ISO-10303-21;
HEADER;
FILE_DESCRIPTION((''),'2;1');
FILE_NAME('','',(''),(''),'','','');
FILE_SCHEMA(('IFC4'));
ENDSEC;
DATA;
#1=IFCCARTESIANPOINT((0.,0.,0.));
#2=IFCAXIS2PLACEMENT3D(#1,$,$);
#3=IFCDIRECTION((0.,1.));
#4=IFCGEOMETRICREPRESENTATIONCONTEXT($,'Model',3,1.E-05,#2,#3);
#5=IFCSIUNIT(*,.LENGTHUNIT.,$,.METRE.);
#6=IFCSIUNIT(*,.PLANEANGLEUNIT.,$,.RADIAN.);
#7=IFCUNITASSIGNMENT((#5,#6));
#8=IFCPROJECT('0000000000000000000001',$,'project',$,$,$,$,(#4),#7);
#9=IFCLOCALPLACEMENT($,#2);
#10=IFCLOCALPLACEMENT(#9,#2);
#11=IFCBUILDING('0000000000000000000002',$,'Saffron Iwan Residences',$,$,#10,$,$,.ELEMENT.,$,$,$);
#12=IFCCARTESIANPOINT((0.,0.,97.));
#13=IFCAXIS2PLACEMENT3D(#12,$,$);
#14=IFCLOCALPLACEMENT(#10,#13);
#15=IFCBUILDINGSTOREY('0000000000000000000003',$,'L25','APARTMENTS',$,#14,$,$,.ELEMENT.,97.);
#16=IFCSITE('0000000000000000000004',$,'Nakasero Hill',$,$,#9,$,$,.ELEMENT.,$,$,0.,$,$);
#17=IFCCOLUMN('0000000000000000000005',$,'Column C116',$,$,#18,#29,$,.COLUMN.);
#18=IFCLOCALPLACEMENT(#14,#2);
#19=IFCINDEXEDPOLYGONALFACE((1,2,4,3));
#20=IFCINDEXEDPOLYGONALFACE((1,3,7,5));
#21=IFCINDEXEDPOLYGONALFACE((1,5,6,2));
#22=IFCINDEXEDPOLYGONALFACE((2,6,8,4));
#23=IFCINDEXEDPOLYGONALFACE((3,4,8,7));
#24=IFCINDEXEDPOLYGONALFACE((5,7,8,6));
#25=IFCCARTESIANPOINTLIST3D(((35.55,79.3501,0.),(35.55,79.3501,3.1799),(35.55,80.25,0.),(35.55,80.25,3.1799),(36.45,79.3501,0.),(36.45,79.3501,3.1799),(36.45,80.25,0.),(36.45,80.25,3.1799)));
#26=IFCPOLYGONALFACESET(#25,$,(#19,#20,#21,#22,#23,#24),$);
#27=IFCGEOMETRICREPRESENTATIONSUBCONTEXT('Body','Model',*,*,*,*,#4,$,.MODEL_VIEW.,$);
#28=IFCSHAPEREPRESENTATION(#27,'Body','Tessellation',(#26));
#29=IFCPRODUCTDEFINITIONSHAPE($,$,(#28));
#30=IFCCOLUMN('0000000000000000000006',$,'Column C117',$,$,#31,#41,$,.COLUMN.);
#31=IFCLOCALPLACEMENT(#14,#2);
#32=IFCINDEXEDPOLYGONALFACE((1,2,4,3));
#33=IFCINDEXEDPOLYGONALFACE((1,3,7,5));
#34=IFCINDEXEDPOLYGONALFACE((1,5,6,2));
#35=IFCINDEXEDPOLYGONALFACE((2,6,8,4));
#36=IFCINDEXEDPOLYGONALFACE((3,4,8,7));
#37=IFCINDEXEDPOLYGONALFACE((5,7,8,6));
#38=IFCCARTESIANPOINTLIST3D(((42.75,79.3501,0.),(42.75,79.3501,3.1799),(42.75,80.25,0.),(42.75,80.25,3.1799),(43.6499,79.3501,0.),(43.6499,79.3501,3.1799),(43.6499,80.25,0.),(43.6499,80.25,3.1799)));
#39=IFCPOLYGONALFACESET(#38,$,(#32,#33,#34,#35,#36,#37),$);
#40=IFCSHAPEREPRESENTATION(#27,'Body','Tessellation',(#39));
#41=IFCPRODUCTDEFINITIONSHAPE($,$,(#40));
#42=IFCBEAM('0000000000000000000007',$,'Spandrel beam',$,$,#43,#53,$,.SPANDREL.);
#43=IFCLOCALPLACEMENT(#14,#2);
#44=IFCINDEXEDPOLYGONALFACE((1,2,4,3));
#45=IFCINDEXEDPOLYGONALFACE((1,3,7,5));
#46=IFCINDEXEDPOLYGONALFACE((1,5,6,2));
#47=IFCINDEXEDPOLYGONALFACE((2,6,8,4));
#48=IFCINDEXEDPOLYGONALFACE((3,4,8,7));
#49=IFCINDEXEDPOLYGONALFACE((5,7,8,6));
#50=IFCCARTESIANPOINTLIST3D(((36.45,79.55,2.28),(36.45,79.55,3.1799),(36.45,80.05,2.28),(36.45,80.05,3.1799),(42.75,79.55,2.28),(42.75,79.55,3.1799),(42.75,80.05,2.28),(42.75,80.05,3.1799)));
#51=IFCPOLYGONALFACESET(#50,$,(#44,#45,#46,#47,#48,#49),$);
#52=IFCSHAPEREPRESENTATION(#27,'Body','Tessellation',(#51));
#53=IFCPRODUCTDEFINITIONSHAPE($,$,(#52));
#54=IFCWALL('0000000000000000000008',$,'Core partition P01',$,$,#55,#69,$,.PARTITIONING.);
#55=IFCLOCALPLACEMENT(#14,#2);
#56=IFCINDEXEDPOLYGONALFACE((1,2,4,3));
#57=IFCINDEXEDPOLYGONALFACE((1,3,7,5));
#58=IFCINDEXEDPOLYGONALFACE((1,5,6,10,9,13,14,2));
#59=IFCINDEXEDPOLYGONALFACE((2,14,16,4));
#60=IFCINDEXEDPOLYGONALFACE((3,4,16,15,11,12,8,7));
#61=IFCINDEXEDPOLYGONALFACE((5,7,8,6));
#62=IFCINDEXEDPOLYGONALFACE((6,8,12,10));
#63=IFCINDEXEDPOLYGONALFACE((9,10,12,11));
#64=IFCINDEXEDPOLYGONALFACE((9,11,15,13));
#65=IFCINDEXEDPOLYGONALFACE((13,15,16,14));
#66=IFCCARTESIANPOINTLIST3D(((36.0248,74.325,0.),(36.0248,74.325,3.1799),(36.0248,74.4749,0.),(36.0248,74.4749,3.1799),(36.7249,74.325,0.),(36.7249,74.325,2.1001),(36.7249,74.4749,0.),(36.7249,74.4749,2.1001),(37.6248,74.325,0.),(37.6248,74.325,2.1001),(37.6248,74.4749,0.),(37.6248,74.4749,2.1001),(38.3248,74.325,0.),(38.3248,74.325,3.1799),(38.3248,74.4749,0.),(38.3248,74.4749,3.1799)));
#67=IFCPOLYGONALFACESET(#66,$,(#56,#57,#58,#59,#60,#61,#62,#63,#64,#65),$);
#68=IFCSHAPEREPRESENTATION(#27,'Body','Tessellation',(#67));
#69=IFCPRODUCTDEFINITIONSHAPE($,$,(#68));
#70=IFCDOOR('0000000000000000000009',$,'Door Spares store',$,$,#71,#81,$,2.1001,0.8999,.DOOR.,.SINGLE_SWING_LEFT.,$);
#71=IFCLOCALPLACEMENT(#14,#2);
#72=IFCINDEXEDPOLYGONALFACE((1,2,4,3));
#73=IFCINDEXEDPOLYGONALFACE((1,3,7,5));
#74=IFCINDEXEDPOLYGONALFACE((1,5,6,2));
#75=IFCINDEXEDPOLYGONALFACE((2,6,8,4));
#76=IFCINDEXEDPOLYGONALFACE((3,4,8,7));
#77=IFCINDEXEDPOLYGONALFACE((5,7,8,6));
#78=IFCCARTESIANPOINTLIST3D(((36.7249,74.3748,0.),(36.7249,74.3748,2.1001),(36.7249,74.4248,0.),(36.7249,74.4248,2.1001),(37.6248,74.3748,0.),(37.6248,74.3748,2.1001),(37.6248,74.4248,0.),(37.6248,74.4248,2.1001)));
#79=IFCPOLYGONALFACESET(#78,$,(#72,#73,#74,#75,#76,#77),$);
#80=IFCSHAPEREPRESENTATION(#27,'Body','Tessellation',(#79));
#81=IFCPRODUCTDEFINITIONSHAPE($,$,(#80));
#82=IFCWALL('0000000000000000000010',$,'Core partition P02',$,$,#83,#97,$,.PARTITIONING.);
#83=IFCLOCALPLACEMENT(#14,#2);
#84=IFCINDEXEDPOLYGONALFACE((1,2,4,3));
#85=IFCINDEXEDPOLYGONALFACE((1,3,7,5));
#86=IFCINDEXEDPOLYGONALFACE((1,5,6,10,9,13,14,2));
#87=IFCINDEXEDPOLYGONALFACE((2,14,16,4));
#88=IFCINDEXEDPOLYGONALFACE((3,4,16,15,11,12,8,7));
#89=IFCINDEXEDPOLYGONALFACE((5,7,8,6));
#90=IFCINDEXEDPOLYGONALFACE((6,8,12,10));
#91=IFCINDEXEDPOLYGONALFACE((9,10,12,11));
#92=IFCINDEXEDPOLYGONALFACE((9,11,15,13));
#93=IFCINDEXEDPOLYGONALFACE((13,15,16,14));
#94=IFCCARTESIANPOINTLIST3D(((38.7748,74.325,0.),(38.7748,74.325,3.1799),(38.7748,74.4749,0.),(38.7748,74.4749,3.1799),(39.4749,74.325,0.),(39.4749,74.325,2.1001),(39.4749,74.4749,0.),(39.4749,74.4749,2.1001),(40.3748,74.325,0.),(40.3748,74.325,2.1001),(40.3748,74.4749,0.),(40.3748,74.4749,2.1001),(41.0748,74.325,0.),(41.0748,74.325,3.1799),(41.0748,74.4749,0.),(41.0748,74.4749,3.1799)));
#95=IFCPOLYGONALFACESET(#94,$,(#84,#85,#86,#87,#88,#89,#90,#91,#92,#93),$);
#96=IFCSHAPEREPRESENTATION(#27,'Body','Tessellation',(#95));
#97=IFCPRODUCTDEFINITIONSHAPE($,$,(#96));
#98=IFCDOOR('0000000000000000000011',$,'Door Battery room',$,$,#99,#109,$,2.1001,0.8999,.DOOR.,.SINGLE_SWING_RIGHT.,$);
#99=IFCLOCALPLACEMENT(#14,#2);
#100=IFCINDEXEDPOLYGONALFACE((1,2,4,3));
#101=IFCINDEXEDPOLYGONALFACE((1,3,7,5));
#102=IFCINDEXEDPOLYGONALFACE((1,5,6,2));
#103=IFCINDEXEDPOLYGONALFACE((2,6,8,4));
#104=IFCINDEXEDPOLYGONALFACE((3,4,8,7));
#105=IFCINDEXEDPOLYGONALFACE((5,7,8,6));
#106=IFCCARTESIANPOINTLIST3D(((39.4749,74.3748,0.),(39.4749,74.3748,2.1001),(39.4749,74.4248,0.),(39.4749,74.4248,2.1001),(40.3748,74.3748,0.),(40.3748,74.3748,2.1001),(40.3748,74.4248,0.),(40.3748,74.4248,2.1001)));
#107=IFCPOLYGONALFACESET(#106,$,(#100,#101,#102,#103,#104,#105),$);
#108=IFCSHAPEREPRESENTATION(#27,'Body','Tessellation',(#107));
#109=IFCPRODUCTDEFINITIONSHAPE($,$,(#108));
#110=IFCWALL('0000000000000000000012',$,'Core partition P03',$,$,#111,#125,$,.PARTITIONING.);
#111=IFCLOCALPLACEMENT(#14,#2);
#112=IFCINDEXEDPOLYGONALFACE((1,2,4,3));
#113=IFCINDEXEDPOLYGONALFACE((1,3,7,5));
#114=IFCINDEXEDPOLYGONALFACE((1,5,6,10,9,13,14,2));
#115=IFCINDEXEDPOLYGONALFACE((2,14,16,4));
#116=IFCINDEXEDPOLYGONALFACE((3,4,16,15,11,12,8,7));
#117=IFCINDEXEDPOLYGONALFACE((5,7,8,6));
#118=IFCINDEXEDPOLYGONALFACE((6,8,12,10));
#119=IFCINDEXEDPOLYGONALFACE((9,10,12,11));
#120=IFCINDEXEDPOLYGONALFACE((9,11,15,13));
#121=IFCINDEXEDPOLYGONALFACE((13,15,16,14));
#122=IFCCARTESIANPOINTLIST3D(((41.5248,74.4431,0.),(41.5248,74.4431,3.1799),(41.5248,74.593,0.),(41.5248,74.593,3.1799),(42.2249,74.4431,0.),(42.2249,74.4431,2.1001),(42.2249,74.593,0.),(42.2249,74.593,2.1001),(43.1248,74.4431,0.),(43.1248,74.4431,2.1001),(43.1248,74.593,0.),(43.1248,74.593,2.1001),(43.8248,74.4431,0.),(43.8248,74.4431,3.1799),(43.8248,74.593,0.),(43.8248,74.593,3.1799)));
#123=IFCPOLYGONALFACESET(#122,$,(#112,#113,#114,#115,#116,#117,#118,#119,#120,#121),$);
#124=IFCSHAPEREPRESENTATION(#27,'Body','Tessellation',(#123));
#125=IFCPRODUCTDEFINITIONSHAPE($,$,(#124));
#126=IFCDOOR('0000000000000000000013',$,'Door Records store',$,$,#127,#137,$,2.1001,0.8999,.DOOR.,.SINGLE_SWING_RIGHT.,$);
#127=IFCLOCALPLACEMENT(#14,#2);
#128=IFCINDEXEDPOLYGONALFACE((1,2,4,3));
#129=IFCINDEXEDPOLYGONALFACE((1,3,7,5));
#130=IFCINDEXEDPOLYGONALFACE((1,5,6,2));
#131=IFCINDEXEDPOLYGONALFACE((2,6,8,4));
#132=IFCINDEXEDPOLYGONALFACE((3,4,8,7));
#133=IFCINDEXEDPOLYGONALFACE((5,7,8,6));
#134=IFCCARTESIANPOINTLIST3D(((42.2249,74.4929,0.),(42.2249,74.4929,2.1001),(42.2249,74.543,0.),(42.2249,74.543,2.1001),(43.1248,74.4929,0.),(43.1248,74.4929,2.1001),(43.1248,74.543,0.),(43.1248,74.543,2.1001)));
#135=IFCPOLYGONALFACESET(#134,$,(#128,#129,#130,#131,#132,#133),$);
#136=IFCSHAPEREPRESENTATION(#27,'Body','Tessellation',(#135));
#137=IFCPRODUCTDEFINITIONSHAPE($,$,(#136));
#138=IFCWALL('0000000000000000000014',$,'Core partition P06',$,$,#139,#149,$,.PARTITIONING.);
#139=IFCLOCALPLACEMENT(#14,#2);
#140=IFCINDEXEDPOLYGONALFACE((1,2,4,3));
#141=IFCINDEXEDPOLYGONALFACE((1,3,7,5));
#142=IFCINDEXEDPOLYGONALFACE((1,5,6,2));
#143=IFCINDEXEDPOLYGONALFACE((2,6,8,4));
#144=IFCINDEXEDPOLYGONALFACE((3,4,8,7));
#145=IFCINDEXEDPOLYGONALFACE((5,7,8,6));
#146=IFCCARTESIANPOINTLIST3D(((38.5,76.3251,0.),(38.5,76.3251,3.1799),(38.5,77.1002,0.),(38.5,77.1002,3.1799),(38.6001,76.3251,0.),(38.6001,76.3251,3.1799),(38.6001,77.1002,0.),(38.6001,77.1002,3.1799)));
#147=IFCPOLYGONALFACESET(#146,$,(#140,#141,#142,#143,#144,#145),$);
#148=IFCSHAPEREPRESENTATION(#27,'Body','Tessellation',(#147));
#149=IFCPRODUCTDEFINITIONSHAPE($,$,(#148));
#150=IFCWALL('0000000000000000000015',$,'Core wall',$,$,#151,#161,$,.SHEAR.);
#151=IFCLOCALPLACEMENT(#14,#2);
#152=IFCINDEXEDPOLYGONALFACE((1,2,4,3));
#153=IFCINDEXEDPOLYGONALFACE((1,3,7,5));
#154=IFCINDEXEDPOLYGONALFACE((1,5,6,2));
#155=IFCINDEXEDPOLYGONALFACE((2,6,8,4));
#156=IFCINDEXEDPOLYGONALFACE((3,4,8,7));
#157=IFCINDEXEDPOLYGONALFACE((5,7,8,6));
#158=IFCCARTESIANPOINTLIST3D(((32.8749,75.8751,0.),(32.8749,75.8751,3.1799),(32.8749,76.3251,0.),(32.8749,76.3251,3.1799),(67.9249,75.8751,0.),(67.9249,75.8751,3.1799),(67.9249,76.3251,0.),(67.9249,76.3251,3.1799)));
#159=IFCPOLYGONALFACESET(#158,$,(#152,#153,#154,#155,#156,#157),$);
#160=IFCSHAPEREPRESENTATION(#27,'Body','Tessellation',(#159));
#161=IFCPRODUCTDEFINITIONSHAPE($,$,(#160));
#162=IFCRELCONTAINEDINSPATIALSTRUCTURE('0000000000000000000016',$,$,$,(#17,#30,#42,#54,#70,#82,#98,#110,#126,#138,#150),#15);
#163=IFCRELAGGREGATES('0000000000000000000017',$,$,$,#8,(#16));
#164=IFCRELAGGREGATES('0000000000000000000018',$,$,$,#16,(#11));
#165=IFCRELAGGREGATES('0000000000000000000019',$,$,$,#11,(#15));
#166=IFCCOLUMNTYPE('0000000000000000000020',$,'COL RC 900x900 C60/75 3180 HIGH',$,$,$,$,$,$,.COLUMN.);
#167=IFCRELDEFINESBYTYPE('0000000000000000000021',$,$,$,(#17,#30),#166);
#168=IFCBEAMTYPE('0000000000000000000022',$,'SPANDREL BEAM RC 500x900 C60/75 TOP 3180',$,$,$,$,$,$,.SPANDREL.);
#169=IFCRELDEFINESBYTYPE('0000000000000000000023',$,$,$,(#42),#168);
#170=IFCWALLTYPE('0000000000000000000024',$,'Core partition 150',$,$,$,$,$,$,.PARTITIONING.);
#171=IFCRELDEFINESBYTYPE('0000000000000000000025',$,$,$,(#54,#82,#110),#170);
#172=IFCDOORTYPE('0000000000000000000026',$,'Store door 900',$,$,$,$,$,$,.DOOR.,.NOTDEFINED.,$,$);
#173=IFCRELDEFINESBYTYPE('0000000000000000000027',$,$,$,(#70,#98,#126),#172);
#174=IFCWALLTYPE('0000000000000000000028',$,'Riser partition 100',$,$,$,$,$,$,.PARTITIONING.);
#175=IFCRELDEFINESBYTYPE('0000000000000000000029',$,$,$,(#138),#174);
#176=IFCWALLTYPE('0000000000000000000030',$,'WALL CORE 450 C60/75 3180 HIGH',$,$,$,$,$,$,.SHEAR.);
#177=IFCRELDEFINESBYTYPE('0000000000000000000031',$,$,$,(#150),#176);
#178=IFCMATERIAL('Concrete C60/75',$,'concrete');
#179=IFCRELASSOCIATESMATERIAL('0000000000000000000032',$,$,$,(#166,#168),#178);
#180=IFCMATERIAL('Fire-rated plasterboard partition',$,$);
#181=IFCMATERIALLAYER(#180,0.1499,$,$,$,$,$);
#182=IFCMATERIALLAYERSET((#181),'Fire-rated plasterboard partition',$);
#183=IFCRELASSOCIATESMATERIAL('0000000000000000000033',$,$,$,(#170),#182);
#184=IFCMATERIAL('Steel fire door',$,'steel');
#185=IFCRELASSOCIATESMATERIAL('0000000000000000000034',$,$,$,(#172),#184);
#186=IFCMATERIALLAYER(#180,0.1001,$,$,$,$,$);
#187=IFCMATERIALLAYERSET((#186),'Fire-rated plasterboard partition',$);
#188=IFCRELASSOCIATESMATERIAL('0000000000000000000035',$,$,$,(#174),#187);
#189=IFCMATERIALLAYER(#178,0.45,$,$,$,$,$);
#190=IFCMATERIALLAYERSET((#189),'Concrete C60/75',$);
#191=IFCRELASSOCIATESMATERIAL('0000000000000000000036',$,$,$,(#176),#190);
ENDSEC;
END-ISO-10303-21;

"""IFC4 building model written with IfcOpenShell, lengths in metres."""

from ifc_helpers import new_model, si_unit, direction, frame, frame_2d, origin, origin_2d, place, context, subcontext, project, spatial, rectangle, extrude, source, transform, mapped, material, layer, layer_set, material_profile, profile_set, type_object, element, fill, save


model = new_model("IFC4")

# Units and contexts
model_context = context("Model", 3, precision=1e-05, world=origin(), true_north=direction((0.0, 1.0)))
body_context = subcontext(model_context, "Body", "Model", "MODEL_VIEW")
ifc_project = project(units=[si_unit("LENGTHUNIT", "METRE"), si_unit("PLANEANGLEUNIT", "RADIAN")], contexts=[model_context])

# Site, building, storey
site_placement = place(None, origin())
site = spatial("IfcSite", under=ifc_project, at=site_placement, Name="Nakasero Hill", CompositionType="ELEMENT", RefElevation=0.0)
building_placement = place(site_placement, origin())
building = spatial("IfcBuilding", under=site, at=building_placement, Name="Saffron Iwan Residences", CompositionType="ELEMENT")
storey_placement = place(building_placement, frame((0.0, 0.0, 97.0)))
storey = spatial("IfcBuildingStorey", under=building, at=storey_placement, Name="L25", Description="APARTMENTS", CompositionType="ELEMENT", Elevation=97.0)

# Columns
ifc_material_1 = material(Name="Concrete C60/75", Category="concrete")
ifc_material_profile_1 = material_profile(ifc_material_1, rectangle(XDim=0.8999, YDim=0.8999, at=origin_2d()), Name="RC 900x900")
ifc_profile_set_1 = profile_set([ifc_material_profile_1], Name="Concrete C60/75")
column_type = type_object("IfcColumnType", Name="COL RC 900x900 C60/75 3180 HIGH", PredefinedType="COLUMN", material=ifc_profile_set_1)
shared_shape_1 = source(origin(), body_context, "Body", "SweptSolid", [
    extrude(rectangle(XDim=0.8999, YDim=0.8999, at=origin_2d()), origin(), (0.0, 0.0, 1.0), 3.1799),
])
for number, where, z_axis, x_axis, name in (
    (1, (36.0, 79.8, 0.0), (0.0, 0.0, 1.0), (1.0, 0.0, 0.0), "Column C116"),
    (2, (43.2, 79.8, 0.0), (0.0, 0.0, 1.0), (1.0, 0.0, 0.0), "Column C117"),
):
    element("IfcColumn", number, at=place(storey_placement, frame(where, z_axis=z_axis, x_axis=x_axis)), inside=storey, type_object=column_type, Name=name, PredefinedType="COLUMN", context=body_context, shape_type="MappedRepresentation", body=[
        mapped(shared_shape_1, transform((0.0, 0.0, 0.0))),
    ])

# Beam
ifc_material_profile_2 = material_profile(ifc_material_1, rectangle(XDim=0.5, YDim=0.8999, at=origin_2d()), Name="RC 500x900")
ifc_profile_set_2 = profile_set([ifc_material_profile_2], Name="Concrete C60/75")
beam_type = type_object("IfcBeamType", Name="SPANDREL BEAM RC 500x900 C60/75 TOP 3180", PredefinedType="SPANDREL", material=ifc_profile_set_2)
shared_shape_2 = source(origin(), body_context, "Body", "SweptSolid", [
    extrude(rectangle(XDim=0.5, YDim=0.8999, at=origin_2d()), origin(), (0.0, 0.0, 1.0), 6.3),
])
beam_placement = place(storey_placement, frame((36.45, 79.8, 2.73), z_axis=(1.0, 0.0, 0.0), x_axis=(0.0, 1.0, 0.0)))
element("IfcBeam", 3, at=beam_placement, inside=storey, type_object=beam_type, Name="Spandrel beam", PredefinedType="SPANDREL", context=body_context, shape_type="MappedRepresentation", body=[
    mapped(shared_shape_2, transform((0.0, 0.0, 0.0))),
])

# Walls, openings, doors
ifc_material_2 = material(Name="Fire-rated plasterboard partition")
ifc_layer_1 = layer(ifc_material_2, 0.1499)
ifc_layer_set_1 = layer_set([ifc_layer_1], Name="Fire-rated plasterboard partition")
wall_type_1 = type_object("IfcWallType", Name="Core partition 150", PredefinedType="PARTITIONING", material=ifc_layer_set_1)
wall_1_placement = place(storey_placement, frame((36.0249, 74.3999, 0.0), z_axis=(0.0, 0.0, 1.0), x_axis=(1.0, 0.0, 0.0)))
wall_1 = element("IfcWall", 4, at=wall_1_placement, inside=storey, type_object=wall_type_1, Name="Core partition P01", PredefinedType="PARTITIONING", context=body_context, shape_type="SweptSolid", body=[
    extrude(rectangle(XDim=2.3, YDim=0.1499, at=frame_2d((1.1499, 0.0))), origin(), (0.0, 0.0, 1.0), 3.1799),
])
opening_1_placement = place(wall_1_placement, frame((0.7, 0.0, 0.0)))
opening_1 = element("IfcOpeningElement", 5, at=opening_1_placement, cuts=wall_1, PredefinedType="OPENING", context=body_context, shape_type="SweptSolid", body=[
    extrude(rectangle(XDim=0.8999, YDim=2.1001, at=frame_2d((0.45, 1.05))), frame((0.0, 0.085, 0.0), z_axis=(0.0, -1.0, 0.0), x_axis=(1.0, 0.0, 0.0)), (0.0, 0.0, 1.0), 0.1699),
])
ifc_material_3 = material(Name="Steel fire door", Category="steel")
door_type = type_object("IfcDoorType", Name="Store door 900", OperationType="NOTDEFINED", PredefinedType="DOOR", material=ifc_material_3)
door_1_placement = place(opening_1_placement, origin())
door_1 = element("IfcDoor", 6, at=door_1_placement, inside=storey, type_object=door_type, Name="Door Spares store", OperationType="SINGLE_SWING_LEFT", OverallHeight=2.1001, OverallWidth=0.8999, PredefinedType="DOOR", context=body_context, shape_type="SweptSolid", body=[
    extrude(rectangle(XDim=0.8999, YDim=2.1001, at=frame_2d((0.45, 1.05))), frame((0.0, 0.0249, 0.0), z_axis=(0.0, -1.0, 0.0), x_axis=(1.0, 0.0, 0.0)), (0.0, 0.0, 1.0), 0.05),
])
fill(opening_1, door_1)
wall_2_placement = place(storey_placement, frame((38.7749, 74.3999, 0.0), z_axis=(0.0, 0.0, 1.0), x_axis=(1.0, 0.0, 0.0)))
wall_2 = element("IfcWall", 7, at=wall_2_placement, inside=storey, type_object=wall_type_1, Name="Core partition P02", PredefinedType="PARTITIONING", context=body_context, shape_type="SweptSolid", body=[
    extrude(rectangle(XDim=2.3, YDim=0.1499, at=frame_2d((1.1499, 0.0))), origin(), (0.0, 0.0, 1.0), 3.1799),
])
opening_2_placement = place(wall_2_placement, frame((0.7, 0.0, 0.0)))
opening_2 = element("IfcOpeningElement", 8, at=opening_2_placement, cuts=wall_2, PredefinedType="OPENING", context=body_context, shape_type="SweptSolid", body=[
    extrude(rectangle(XDim=0.8999, YDim=2.1001, at=frame_2d((0.45, 1.05))), frame((0.0, 0.085, 0.0), z_axis=(0.0, -1.0, 0.0), x_axis=(1.0, 0.0, 0.0)), (0.0, 0.0, 1.0), 0.1699),
])
door_2_placement = place(opening_2_placement, origin())
door_2 = element("IfcDoor", 9, at=door_2_placement, inside=storey, type_object=door_type, Name="Door Battery room", OperationType="SINGLE_SWING_RIGHT", OverallHeight=2.1001, OverallWidth=0.8999, PredefinedType="DOOR", context=body_context, shape_type="SweptSolid", body=[
    extrude(rectangle(XDim=0.8999, YDim=2.1001, at=frame_2d((0.45, 1.05))), frame((0.0, 0.0249, 0.0), z_axis=(0.0, -1.0, 0.0), x_axis=(1.0, 0.0, 0.0)), (0.0, 0.0, 1.0), 0.05),
])
fill(opening_2, door_2)
wall_3_placement = place(storey_placement, frame((41.5249, 74.5181, 0.0), z_axis=(0.0, 0.0, 1.0), x_axis=(1.0, 0.0, 0.0)))
wall_3 = element("IfcWall", 10, at=wall_3_placement, inside=storey, type_object=wall_type_1, Name="Core partition P03", PredefinedType="PARTITIONING", context=body_context, shape_type="SweptSolid", body=[
    extrude(rectangle(XDim=2.3, YDim=0.1499, at=frame_2d((1.1499, 0.0))), origin(), (0.0, 0.0, 1.0), 3.1799),
])
opening_3_placement = place(wall_3_placement, frame((0.7, 0.0, 0.0)))
opening_3 = element("IfcOpeningElement", 11, at=opening_3_placement, cuts=wall_3, PredefinedType="OPENING", context=body_context, shape_type="SweptSolid", body=[
    extrude(rectangle(XDim=0.8999, YDim=2.1001, at=frame_2d((0.45, 1.05))), frame((0.0, 0.085, 0.0), z_axis=(0.0, -1.0, 0.0), x_axis=(1.0, 0.0, 0.0)), (0.0, 0.0, 1.0), 0.1699),
])
door_3_placement = place(opening_3_placement, origin())
door_3 = element("IfcDoor", 12, at=door_3_placement, inside=storey, type_object=door_type, Name="Door Records store", OperationType="SINGLE_SWING_RIGHT", OverallHeight=2.1001, OverallWidth=0.8999, PredefinedType="DOOR", context=body_context, shape_type="SweptSolid", body=[
    extrude(rectangle(XDim=0.8999, YDim=2.1001, at=frame_2d((0.45, 1.05))), frame((0.0, 0.0249, 0.0), z_axis=(0.0, -1.0, 0.0), x_axis=(1.0, 0.0, 0.0)), (0.0, 0.0, 1.0), 0.05),
])
fill(opening_3, door_3)

# Walls
ifc_layer_2 = layer(ifc_material_2, 0.1001)
ifc_layer_set_2 = layer_set([ifc_layer_2], Name="Fire-rated plasterboard partition")
wall_type_2 = type_object("IfcWallType", Name="Riser partition 100", PredefinedType="PARTITIONING", material=ifc_layer_set_2)
wall_4_placement = place(storey_placement, frame((38.55, 76.325, 0.0), z_axis=(0.0, 0.0, 1.0), x_axis=(0.0, 1.0, 0.0)))
element("IfcWall", 13, at=wall_4_placement, inside=storey, type_object=wall_type_2, Name="Core partition P06", PredefinedType="PARTITIONING", context=body_context, shape_type="SweptSolid", body=[
    extrude(rectangle(XDim=0.7751, YDim=0.1001, at=frame_2d((0.3877, 0.0))), origin(), (0.0, 0.0, 1.0), 3.1799),
])
ifc_layer_3 = layer(ifc_material_1, 0.45)
ifc_layer_set_3 = layer_set([ifc_layer_3], Name="Concrete C60/75")
wall_type_3 = type_object("IfcWallType", Name="WALL CORE 450 C60/75 3180 HIGH", PredefinedType="SHEAR", material=ifc_layer_set_3)
wall_5_placement = place(storey_placement, frame((32.875, 76.1001, 0.0), z_axis=(0.0, 0.0, 1.0), x_axis=(1.0, 0.0, 0.0)))
element("IfcWall", 14, at=wall_5_placement, inside=storey, type_object=wall_type_3, Name="Core wall", PredefinedType="SHEAR", context=body_context, shape_type="SweptSolid", body=[
    extrude(rectangle(XDim=35.05, YDim=0.45, at=frame_2d((17.5249, 0.0))), origin(), (0.0, 0.0, 1.0), 3.1799),
])

save(model, "model.ifc")
